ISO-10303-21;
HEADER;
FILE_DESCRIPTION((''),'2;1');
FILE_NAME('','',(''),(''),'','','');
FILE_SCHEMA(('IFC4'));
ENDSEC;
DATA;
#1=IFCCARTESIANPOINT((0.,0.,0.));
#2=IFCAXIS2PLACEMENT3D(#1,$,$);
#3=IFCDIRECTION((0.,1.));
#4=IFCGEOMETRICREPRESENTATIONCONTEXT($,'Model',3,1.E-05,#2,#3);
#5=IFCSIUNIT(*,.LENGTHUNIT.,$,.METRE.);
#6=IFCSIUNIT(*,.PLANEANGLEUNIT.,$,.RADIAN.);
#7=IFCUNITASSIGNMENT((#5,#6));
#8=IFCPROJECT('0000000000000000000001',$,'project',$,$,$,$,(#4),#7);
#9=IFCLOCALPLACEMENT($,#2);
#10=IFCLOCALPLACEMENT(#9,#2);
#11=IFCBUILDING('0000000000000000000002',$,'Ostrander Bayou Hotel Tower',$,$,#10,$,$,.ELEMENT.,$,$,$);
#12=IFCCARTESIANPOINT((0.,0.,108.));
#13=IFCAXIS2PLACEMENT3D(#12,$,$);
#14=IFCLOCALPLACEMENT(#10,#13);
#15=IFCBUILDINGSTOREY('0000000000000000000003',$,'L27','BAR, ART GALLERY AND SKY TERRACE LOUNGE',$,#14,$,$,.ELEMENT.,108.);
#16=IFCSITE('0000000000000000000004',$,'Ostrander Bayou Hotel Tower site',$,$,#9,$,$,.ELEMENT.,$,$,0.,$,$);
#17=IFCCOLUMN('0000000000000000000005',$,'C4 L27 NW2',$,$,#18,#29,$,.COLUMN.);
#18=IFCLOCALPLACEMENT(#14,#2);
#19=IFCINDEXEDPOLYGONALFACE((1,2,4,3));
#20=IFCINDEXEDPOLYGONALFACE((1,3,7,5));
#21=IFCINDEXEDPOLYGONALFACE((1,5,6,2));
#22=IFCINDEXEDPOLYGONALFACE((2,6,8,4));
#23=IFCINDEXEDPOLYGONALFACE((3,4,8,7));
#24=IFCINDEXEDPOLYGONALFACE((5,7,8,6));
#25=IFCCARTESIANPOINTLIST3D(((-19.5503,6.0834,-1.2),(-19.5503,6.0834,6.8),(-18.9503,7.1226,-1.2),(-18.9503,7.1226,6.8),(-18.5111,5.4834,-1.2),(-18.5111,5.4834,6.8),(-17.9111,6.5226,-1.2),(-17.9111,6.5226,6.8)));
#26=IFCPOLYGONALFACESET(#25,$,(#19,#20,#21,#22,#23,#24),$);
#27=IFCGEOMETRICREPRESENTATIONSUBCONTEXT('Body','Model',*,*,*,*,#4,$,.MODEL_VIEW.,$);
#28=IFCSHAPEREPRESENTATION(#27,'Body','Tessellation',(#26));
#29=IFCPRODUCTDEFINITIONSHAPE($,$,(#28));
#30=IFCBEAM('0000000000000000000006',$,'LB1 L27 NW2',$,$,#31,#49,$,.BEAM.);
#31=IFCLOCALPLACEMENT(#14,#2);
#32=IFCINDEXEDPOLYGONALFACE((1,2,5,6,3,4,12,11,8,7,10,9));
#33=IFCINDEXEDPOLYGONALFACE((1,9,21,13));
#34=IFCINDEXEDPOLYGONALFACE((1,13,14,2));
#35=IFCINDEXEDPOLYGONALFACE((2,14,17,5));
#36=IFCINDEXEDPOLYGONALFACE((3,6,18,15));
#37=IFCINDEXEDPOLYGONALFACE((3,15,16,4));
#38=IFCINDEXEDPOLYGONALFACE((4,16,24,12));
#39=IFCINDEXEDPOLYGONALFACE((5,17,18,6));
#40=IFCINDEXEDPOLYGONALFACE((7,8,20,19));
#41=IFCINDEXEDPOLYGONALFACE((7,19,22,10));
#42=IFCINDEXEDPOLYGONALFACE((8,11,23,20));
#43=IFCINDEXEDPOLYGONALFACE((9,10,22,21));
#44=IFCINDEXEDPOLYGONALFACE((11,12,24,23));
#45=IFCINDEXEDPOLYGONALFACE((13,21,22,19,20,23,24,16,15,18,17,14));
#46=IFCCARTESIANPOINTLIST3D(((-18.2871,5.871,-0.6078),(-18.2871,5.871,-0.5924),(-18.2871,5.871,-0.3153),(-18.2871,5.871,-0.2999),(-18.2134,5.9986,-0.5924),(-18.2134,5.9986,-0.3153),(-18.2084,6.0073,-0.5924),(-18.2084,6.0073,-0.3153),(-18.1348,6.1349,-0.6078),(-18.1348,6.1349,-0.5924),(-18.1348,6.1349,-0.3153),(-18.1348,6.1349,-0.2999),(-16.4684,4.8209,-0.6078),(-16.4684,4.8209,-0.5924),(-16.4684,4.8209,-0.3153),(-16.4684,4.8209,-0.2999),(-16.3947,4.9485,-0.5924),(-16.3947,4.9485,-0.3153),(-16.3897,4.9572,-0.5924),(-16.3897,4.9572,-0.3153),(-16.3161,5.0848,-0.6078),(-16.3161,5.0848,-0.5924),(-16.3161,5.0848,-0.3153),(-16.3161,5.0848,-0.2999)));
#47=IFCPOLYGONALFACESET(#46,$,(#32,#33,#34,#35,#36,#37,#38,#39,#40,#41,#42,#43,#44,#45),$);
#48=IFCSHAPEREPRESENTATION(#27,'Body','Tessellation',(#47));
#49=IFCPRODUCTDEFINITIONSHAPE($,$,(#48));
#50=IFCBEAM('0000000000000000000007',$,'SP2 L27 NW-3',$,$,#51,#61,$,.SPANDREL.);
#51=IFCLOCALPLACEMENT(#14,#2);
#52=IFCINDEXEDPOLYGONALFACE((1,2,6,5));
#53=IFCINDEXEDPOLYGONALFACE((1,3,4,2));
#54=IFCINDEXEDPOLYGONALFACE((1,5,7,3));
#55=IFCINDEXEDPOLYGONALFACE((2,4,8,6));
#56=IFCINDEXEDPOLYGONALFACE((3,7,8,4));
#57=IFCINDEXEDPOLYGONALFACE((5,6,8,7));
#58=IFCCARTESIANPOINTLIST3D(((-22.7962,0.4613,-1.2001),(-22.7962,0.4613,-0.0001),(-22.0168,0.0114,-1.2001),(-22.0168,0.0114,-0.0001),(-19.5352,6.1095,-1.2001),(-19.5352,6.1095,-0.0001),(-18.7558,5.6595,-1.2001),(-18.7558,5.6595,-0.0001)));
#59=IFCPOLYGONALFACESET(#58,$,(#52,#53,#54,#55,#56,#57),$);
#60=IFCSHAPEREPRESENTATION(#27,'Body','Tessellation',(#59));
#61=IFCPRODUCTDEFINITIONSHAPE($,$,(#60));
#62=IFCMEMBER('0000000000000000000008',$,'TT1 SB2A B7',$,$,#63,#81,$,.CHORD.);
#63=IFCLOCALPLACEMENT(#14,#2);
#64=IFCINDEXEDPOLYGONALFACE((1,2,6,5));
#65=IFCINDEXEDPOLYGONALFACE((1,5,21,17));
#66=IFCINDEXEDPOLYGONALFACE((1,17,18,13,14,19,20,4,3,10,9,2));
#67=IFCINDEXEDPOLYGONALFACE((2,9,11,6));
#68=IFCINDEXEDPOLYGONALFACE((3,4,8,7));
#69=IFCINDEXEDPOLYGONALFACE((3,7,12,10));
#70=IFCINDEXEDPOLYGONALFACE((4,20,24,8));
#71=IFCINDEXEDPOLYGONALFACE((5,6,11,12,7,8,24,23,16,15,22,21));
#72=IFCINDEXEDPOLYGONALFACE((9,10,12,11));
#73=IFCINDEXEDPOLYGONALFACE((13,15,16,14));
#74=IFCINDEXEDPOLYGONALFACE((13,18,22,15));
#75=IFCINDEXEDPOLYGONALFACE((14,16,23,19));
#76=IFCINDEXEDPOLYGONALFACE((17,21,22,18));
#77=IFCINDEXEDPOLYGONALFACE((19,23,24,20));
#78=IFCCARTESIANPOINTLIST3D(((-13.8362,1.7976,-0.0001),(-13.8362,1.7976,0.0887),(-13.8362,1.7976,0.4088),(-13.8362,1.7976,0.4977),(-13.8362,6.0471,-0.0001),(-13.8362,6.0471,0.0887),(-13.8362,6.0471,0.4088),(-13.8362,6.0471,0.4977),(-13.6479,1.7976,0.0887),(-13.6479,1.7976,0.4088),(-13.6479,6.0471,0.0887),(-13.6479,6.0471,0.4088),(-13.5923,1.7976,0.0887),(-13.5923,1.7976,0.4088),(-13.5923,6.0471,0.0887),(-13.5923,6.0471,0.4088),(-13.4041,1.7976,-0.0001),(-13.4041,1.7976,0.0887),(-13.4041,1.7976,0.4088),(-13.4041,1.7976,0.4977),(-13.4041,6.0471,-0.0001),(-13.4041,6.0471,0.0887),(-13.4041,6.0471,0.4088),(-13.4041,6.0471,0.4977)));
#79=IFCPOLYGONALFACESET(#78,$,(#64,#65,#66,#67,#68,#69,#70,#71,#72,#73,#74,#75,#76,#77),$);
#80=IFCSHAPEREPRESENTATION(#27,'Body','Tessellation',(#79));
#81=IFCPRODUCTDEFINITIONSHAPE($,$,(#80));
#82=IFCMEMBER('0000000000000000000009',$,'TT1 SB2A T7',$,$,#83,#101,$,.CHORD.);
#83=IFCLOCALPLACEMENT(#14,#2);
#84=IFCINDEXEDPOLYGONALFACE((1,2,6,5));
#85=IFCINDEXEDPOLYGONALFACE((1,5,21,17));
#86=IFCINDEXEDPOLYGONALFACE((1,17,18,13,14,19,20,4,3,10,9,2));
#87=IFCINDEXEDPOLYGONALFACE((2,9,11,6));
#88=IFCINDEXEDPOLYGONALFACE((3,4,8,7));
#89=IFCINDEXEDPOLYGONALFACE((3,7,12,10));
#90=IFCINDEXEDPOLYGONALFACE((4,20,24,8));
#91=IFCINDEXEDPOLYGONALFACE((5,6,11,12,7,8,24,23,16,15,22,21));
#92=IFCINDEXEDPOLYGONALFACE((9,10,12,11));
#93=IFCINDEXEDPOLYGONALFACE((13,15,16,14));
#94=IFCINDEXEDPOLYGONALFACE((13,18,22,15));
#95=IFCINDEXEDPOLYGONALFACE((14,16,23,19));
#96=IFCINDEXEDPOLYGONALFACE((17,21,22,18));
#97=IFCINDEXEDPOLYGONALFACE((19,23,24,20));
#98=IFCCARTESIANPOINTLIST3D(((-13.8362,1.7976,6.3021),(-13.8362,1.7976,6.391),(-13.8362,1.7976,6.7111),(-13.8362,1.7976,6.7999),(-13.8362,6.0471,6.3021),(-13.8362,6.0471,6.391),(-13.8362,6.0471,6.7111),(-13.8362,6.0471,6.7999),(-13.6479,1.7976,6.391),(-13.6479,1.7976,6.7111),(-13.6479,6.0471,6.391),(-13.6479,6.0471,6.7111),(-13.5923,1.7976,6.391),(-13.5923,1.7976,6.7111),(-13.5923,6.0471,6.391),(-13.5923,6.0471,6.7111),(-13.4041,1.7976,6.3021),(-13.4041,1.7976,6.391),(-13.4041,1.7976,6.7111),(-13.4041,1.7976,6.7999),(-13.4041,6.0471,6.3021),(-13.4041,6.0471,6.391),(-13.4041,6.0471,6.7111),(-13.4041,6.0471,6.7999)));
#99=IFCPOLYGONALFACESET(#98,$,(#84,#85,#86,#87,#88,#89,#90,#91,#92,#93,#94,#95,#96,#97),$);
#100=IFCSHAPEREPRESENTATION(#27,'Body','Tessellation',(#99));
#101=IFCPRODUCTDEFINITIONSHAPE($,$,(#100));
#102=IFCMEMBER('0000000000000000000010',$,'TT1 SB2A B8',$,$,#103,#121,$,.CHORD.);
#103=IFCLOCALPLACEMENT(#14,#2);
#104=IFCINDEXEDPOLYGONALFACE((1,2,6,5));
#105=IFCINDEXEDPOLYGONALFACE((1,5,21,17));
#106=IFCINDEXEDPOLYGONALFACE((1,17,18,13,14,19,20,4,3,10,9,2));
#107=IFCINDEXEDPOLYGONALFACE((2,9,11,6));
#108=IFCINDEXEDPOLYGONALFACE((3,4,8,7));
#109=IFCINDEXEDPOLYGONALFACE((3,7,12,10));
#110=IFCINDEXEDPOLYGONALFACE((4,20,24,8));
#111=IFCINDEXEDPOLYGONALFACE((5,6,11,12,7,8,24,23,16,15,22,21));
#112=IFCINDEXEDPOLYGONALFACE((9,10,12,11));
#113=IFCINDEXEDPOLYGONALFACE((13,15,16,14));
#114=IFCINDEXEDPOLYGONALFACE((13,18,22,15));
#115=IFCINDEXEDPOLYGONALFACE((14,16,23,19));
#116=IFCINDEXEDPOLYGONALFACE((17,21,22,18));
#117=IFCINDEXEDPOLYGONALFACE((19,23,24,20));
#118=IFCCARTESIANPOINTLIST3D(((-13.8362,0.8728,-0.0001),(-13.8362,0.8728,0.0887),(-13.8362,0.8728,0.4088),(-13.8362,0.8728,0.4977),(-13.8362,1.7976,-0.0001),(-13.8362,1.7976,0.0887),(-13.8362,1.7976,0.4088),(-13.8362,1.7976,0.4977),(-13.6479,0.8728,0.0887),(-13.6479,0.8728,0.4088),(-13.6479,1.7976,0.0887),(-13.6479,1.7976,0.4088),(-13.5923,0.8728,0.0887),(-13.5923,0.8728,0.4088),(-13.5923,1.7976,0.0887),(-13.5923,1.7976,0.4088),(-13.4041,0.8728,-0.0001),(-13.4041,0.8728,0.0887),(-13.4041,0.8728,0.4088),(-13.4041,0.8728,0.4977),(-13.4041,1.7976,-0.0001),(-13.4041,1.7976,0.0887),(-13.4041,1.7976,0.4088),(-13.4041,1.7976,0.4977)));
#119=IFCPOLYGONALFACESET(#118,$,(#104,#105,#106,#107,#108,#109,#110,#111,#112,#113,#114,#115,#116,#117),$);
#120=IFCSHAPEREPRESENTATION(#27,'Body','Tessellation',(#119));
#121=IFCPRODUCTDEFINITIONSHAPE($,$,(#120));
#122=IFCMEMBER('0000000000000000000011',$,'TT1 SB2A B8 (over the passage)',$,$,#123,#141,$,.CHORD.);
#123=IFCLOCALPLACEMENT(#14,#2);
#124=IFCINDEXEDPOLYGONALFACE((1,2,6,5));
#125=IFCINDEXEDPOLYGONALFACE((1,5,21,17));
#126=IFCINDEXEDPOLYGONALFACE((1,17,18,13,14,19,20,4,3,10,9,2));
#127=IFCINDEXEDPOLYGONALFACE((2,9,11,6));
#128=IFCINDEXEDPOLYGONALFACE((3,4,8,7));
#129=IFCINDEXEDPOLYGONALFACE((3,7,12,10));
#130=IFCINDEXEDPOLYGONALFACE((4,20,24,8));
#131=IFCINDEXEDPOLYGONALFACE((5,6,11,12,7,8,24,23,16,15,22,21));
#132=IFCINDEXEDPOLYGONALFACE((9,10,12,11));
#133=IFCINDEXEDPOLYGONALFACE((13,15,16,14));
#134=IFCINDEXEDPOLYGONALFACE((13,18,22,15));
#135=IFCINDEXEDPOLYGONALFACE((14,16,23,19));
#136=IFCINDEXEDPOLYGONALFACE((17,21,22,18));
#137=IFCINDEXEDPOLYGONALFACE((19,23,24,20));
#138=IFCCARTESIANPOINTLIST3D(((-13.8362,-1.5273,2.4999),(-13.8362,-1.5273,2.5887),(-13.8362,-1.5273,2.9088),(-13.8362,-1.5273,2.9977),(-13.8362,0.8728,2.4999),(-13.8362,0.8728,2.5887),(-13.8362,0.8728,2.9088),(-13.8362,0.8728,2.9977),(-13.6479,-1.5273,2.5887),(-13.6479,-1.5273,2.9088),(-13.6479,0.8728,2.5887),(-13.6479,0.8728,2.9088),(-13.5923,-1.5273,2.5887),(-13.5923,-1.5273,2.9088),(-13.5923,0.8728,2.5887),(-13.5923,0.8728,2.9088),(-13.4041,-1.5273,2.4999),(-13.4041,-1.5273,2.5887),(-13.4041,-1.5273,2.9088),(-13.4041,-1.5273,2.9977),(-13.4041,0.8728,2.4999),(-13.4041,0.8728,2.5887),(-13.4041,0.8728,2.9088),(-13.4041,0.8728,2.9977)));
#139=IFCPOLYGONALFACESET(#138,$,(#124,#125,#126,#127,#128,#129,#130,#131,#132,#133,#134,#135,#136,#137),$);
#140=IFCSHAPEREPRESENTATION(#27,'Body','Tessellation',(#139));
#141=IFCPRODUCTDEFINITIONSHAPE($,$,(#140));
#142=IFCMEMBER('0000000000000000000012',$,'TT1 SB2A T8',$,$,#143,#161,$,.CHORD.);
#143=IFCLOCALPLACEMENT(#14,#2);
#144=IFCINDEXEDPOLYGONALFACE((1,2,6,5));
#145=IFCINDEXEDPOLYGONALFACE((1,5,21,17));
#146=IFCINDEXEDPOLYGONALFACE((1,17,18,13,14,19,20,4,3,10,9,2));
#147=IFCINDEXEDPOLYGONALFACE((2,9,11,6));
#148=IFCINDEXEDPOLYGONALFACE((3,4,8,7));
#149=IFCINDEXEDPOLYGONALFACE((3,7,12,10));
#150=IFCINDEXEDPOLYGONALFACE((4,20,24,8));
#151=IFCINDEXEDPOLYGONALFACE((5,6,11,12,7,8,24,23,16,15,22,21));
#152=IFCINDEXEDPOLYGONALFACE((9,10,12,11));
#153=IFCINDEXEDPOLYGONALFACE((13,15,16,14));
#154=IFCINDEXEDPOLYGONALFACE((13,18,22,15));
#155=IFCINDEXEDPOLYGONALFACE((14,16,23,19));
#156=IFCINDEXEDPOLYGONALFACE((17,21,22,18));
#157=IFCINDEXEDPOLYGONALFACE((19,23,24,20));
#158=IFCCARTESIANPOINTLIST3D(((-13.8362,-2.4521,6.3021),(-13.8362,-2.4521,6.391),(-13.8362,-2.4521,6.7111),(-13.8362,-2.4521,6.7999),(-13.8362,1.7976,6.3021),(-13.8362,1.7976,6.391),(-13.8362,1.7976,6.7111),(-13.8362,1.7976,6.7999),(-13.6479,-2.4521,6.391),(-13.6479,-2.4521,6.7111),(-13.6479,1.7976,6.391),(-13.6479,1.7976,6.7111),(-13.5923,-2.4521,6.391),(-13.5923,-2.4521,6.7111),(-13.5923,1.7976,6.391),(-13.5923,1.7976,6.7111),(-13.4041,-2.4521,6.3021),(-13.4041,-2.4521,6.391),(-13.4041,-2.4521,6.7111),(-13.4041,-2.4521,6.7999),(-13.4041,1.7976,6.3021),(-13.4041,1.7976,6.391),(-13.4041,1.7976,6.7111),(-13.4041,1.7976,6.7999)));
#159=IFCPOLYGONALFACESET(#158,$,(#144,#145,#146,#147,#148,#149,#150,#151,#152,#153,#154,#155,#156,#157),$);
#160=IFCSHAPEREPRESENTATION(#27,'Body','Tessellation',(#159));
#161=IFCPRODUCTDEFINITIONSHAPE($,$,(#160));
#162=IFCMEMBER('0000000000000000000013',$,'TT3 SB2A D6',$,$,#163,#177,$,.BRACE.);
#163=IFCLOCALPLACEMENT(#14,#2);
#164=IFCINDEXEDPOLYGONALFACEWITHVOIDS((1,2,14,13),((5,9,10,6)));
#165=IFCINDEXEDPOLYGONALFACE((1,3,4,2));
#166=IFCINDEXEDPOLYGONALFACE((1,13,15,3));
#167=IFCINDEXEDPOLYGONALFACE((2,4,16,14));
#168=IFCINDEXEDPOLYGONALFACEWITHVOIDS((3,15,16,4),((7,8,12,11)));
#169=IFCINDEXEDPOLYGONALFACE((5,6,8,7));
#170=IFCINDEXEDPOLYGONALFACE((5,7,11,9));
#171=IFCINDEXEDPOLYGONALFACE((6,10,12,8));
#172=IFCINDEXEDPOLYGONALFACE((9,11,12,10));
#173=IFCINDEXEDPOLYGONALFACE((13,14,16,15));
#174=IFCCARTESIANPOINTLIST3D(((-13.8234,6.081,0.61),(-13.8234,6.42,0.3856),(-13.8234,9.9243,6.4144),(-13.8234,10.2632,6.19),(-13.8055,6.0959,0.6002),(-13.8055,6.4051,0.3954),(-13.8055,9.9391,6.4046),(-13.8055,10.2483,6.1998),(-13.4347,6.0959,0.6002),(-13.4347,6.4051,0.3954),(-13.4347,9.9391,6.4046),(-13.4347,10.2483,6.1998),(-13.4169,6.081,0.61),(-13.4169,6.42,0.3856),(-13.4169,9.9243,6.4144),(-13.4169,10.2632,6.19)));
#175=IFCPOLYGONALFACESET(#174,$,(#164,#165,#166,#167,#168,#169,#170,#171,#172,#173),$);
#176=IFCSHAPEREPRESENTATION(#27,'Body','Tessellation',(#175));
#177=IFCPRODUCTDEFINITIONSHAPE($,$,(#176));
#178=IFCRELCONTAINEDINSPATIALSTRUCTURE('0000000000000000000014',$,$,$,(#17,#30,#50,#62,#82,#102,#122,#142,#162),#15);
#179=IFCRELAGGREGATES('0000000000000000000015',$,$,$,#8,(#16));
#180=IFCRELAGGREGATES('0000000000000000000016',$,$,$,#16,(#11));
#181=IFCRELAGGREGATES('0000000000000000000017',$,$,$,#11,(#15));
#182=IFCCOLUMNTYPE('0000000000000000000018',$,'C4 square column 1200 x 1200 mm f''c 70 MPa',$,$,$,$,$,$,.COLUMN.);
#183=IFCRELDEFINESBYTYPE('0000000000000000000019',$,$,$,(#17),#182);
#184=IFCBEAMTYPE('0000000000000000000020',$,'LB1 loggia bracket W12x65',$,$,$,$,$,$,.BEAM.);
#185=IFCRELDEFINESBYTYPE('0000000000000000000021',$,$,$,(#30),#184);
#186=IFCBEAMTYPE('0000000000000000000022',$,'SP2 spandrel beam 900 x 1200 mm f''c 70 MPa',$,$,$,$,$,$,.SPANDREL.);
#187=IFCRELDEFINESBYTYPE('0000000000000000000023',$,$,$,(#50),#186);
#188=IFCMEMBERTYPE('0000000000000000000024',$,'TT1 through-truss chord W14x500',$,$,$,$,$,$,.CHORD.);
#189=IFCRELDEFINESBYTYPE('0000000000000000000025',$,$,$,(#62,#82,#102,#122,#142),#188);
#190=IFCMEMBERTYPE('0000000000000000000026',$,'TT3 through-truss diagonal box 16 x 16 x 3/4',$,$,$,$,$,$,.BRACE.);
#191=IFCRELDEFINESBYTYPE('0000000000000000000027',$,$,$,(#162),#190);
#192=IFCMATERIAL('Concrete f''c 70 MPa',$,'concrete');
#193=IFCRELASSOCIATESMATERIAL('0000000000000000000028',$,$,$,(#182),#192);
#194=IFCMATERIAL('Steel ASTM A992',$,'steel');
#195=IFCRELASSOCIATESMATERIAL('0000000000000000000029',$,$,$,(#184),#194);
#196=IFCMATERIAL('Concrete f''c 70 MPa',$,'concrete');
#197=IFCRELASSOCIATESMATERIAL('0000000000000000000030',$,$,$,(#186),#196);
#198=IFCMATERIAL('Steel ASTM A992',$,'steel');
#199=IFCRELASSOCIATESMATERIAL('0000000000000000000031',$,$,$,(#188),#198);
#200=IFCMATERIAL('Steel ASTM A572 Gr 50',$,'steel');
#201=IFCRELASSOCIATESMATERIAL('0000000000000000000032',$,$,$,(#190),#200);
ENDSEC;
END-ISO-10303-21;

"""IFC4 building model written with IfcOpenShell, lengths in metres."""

from ifc_helpers import new_model, si_unit, direction, frame, origin, origin_2d, place, context, subcontext, project, spatial, rectangle, hollow_rectangle, i_section, extrude, material, material_profile, profile_set, type_object, element, save


model = new_model("IFC4")

# Units and contexts
model_context = context("Model", 3, precision=1e-05, world=origin(), true_north=direction((0.0, 1.0)))
body_context = subcontext(model_context, "Body", "Model", "MODEL_VIEW")
ifc_project = project(units=[si_unit("LENGTHUNIT", "METRE"), si_unit("PLANEANGLEUNIT", "RADIAN")], contexts=[model_context])

# Site, building, storey
site_placement = place(None, origin())
site = spatial("IfcSite", under=ifc_project, at=site_placement, Name="Ostrander Bayou Hotel Tower site", CompositionType="ELEMENT", RefElevation=0.0)
building_placement = place(site_placement, origin())
building = spatial("IfcBuilding", under=site, at=building_placement, Name="Ostrander Bayou Hotel Tower", CompositionType="ELEMENT")
storey_placement = place(building_placement, frame((0.0, 0.0, 108.0)))
storey = spatial("IfcBuildingStorey", under=building, at=storey_placement, Name="L27", Description="BAR, ART GALLERY AND SKY TERRACE LOUNGE", CompositionType="ELEMENT", Elevation=108.0)

# Column
ifc_material_1 = material(Name="Concrete f'c 70 MPa", Category="concrete")
ifc_material_profile_1 = material_profile(ifc_material_1, rectangle(XDim=1.2, YDim=1.2, at=origin_2d()))
ifc_profile_set_1 = profile_set([ifc_material_profile_1], Name="Concrete f'c 70 MPa")
column_type = type_object("IfcColumnType", Name="C4 square column 1200 x 1200 mm f'c 70 MPa", PredefinedType="COLUMN", material=ifc_profile_set_1)
column_placement = place(storey_placement, frame((-18.7307, 6.303, -1.2), z_axis=(0.0, 0.0, 1.0), x_axis=(0.5, 0.866025, 0.0)))
element("IfcColumn", 1, at=column_placement, inside=storey, type_object=column_type, Name="C4 L27 NW2", PredefinedType="COLUMN", context=body_context, shape_type="SweptSolid", body=[
    extrude(rectangle(XDim=1.2, YDim=1.2, at=origin_2d()), origin(), (0.0, 0.0, 1.0), 8.0),
])

# Beams
ifc_material_2 = material(Name="Steel ASTM A992", Category="steel")
ifc_material_profile_2 = material_profile(ifc_material_2, i_section(OverallWidth=0.3047, OverallDepth=0.3079, WebThickness=0.01, FlangeThickness=0.0154, at=origin_2d()))
ifc_profile_set_2 = profile_set([ifc_material_profile_2], Name="Steel ASTM A992")
beam_type_1 = type_object("IfcBeamType", Name="LB1 loggia bracket W12x65", PredefinedType="BEAM", material=ifc_profile_set_2)
beam_1_placement = place(storey_placement, frame((-18.2109, 6.0029, -0.4539), z_axis=(0.866009, -0.500028, 0.0), x_axis=(0.500028, 0.866009, 0.0)))
element("IfcBeam", 2, at=beam_1_placement, inside=storey, type_object=beam_type_1, Name="LB1 L27 NW2", PredefinedType="BEAM", context=body_context, shape_type="SweptSolid", body=[
    extrude(i_section(OverallWidth=0.3047, OverallDepth=0.3079, WebThickness=0.01, FlangeThickness=0.0154, at=origin_2d()), origin(), (0.0, 0.0, 1.0), 2.1001),
])
ifc_material_3 = material(Name="Concrete f'c 70 MPa", Category="concrete")
ifc_material_profile_3 = material_profile(ifc_material_3, rectangle(XDim=0.8999, YDim=1.2, at=origin_2d()))
ifc_profile_set_3 = profile_set([ifc_material_profile_3], Name="Concrete f'c 70 MPa")
beam_type_2 = type_object("IfcBeamType", Name="SP2 spandrel beam 900 x 1200 mm f'c 70 MPa", PredefinedType="SPANDREL", material=ifc_profile_set_3)
beam_2_placement = place(storey_placement, frame((-19.1455, 5.8845, -0.6001), z_axis=(-0.5, -0.866025, 0.0), x_axis=(0.866025, -0.5, 0.0)))
element("IfcBeam", 3, at=beam_2_placement, inside=storey, type_object=beam_type_2, Name="SP2 L27 NW-3", PredefinedType="SPANDREL", context=body_context, shape_type="SweptSolid", body=[
    extrude(rectangle(XDim=0.8999, YDim=1.2, at=origin_2d()), origin(), (0.0, 0.0, 1.0), 6.522),
])

# Members
ifc_material_4 = material(Name="Steel ASTM A992", Category="steel")
ifc_material_profile_4 = material_profile(ifc_material_4, i_section(OverallWidth=0.4321, OverallDepth=0.4978, WebThickness=0.0557, FlangeThickness=0.0889, at=origin_2d()))
ifc_profile_set_4 = profile_set([ifc_material_profile_4], Name="Steel ASTM A992")
member_type_1 = type_object("IfcMemberType", Name="TT1 through-truss chord W14x500", PredefinedType="CHORD", material=ifc_profile_set_4)
for number, where, z_axis, x_axis, name in (
    (4, (-13.6201, 6.0471, 0.2488), (0.0, -1.0, 0.0), (1.0, 0.0, 0.0), "TT1 SB2A B7"),
    (5, (-13.6201, 6.0471, 6.551), (0.0, -1.0, 0.0), (1.0, 0.0, 0.0), "TT1 SB2A T7"),
):
    element("IfcMember", number, at=place(storey_placement, frame(where, z_axis=z_axis, x_axis=x_axis)), inside=storey, type_object=member_type_1, Name=name, PredefinedType="CHORD", context=body_context, shape_type="SweptSolid", body=[
        extrude(i_section(OverallWidth=0.4321, OverallDepth=0.4978, WebThickness=0.0557, FlangeThickness=0.0889, at=origin_2d()), origin(), (0.0, 0.0, 1.0), 4.2495),
    ])
member_1_placement = place(storey_placement, frame((-13.6201, 1.7976, 0.2488), z_axis=(0.0, -1.0, 0.0), x_axis=(1.0, 0.0, 0.0)))
element("IfcMember", 6, at=member_1_placement, inside=storey, type_object=member_type_1, Name="TT1 SB2A B8", PredefinedType="CHORD", context=body_context, shape_type="SweptSolid", body=[
    extrude(i_section(OverallWidth=0.4321, OverallDepth=0.4978, WebThickness=0.0557, FlangeThickness=0.0889, at=origin_2d()), origin(), (0.0, 0.0, 1.0), 0.9248),
])
member_2_placement = place(storey_placement, frame((-13.6201, 0.8728, 2.7488), z_axis=(0.0, -1.0, 0.0), x_axis=(1.0, 0.0, 0.0)))
element("IfcMember", 7, at=member_2_placement, inside=storey, type_object=member_type_1, Name="TT1 SB2A B8 (over the passage)", PredefinedType="CHORD", context=body_context, shape_type="SweptSolid", body=[
    extrude(i_section(OverallWidth=0.4321, OverallDepth=0.4978, WebThickness=0.0557, FlangeThickness=0.0889, at=origin_2d()), origin(), (0.0, 0.0, 1.0), 2.4001),
])
member_3_placement = place(storey_placement, frame((-13.6201, 1.7976, 6.551), z_axis=(0.0, -1.0, 0.0), x_axis=(1.0, 0.0, 0.0)))
element("IfcMember", 8, at=member_3_placement, inside=storey, type_object=member_type_1, Name="TT1 SB2A T8", PredefinedType="CHORD", context=body_context, shape_type="SweptSolid", body=[
    extrude(i_section(OverallWidth=0.4321, OverallDepth=0.4978, WebThickness=0.0557, FlangeThickness=0.0889, at=origin_2d()), origin(), (0.0, 0.0, 1.0), 4.2498),
])
ifc_material_5 = material(Name="Steel ASTM A572 Gr 50", Category="steel")
ifc_material_profile_5 = material_profile(ifc_material_5, hollow_rectangle(XDim=0.4065, YDim=0.4065, WallThickness=0.0178, at=origin_2d()))
ifc_profile_set_5 = profile_set([ifc_material_profile_5], Name="Steel ASTM A572 Gr 50")
member_type_2 = type_object("IfcMemberType", Name="TT3 through-truss diagonal box 16 x 16 x 3/4", PredefinedType="BRACE", material=ifc_profile_set_5)
member_4_placement = place(storey_placement, frame((-13.6201, 6.2505, 0.4978), z_axis=(0.0, 0.552075, 0.833794), x_axis=(-1.0, 0.0, 0.0)))
element("IfcMember", 9, at=member_4_placement, inside=storey, type_object=member_type_2, Name="TT3 SB2A D6", PredefinedType="BRACE", context=body_context, shape_type="SweptSolid", body=[
    extrude(hollow_rectangle(XDim=0.4065, YDim=0.4065, WallThickness=0.0178, at=origin_2d()), origin(), (0.0, 0.0, 1.0), 6.9614),
])

save(model, "model.ifc")
